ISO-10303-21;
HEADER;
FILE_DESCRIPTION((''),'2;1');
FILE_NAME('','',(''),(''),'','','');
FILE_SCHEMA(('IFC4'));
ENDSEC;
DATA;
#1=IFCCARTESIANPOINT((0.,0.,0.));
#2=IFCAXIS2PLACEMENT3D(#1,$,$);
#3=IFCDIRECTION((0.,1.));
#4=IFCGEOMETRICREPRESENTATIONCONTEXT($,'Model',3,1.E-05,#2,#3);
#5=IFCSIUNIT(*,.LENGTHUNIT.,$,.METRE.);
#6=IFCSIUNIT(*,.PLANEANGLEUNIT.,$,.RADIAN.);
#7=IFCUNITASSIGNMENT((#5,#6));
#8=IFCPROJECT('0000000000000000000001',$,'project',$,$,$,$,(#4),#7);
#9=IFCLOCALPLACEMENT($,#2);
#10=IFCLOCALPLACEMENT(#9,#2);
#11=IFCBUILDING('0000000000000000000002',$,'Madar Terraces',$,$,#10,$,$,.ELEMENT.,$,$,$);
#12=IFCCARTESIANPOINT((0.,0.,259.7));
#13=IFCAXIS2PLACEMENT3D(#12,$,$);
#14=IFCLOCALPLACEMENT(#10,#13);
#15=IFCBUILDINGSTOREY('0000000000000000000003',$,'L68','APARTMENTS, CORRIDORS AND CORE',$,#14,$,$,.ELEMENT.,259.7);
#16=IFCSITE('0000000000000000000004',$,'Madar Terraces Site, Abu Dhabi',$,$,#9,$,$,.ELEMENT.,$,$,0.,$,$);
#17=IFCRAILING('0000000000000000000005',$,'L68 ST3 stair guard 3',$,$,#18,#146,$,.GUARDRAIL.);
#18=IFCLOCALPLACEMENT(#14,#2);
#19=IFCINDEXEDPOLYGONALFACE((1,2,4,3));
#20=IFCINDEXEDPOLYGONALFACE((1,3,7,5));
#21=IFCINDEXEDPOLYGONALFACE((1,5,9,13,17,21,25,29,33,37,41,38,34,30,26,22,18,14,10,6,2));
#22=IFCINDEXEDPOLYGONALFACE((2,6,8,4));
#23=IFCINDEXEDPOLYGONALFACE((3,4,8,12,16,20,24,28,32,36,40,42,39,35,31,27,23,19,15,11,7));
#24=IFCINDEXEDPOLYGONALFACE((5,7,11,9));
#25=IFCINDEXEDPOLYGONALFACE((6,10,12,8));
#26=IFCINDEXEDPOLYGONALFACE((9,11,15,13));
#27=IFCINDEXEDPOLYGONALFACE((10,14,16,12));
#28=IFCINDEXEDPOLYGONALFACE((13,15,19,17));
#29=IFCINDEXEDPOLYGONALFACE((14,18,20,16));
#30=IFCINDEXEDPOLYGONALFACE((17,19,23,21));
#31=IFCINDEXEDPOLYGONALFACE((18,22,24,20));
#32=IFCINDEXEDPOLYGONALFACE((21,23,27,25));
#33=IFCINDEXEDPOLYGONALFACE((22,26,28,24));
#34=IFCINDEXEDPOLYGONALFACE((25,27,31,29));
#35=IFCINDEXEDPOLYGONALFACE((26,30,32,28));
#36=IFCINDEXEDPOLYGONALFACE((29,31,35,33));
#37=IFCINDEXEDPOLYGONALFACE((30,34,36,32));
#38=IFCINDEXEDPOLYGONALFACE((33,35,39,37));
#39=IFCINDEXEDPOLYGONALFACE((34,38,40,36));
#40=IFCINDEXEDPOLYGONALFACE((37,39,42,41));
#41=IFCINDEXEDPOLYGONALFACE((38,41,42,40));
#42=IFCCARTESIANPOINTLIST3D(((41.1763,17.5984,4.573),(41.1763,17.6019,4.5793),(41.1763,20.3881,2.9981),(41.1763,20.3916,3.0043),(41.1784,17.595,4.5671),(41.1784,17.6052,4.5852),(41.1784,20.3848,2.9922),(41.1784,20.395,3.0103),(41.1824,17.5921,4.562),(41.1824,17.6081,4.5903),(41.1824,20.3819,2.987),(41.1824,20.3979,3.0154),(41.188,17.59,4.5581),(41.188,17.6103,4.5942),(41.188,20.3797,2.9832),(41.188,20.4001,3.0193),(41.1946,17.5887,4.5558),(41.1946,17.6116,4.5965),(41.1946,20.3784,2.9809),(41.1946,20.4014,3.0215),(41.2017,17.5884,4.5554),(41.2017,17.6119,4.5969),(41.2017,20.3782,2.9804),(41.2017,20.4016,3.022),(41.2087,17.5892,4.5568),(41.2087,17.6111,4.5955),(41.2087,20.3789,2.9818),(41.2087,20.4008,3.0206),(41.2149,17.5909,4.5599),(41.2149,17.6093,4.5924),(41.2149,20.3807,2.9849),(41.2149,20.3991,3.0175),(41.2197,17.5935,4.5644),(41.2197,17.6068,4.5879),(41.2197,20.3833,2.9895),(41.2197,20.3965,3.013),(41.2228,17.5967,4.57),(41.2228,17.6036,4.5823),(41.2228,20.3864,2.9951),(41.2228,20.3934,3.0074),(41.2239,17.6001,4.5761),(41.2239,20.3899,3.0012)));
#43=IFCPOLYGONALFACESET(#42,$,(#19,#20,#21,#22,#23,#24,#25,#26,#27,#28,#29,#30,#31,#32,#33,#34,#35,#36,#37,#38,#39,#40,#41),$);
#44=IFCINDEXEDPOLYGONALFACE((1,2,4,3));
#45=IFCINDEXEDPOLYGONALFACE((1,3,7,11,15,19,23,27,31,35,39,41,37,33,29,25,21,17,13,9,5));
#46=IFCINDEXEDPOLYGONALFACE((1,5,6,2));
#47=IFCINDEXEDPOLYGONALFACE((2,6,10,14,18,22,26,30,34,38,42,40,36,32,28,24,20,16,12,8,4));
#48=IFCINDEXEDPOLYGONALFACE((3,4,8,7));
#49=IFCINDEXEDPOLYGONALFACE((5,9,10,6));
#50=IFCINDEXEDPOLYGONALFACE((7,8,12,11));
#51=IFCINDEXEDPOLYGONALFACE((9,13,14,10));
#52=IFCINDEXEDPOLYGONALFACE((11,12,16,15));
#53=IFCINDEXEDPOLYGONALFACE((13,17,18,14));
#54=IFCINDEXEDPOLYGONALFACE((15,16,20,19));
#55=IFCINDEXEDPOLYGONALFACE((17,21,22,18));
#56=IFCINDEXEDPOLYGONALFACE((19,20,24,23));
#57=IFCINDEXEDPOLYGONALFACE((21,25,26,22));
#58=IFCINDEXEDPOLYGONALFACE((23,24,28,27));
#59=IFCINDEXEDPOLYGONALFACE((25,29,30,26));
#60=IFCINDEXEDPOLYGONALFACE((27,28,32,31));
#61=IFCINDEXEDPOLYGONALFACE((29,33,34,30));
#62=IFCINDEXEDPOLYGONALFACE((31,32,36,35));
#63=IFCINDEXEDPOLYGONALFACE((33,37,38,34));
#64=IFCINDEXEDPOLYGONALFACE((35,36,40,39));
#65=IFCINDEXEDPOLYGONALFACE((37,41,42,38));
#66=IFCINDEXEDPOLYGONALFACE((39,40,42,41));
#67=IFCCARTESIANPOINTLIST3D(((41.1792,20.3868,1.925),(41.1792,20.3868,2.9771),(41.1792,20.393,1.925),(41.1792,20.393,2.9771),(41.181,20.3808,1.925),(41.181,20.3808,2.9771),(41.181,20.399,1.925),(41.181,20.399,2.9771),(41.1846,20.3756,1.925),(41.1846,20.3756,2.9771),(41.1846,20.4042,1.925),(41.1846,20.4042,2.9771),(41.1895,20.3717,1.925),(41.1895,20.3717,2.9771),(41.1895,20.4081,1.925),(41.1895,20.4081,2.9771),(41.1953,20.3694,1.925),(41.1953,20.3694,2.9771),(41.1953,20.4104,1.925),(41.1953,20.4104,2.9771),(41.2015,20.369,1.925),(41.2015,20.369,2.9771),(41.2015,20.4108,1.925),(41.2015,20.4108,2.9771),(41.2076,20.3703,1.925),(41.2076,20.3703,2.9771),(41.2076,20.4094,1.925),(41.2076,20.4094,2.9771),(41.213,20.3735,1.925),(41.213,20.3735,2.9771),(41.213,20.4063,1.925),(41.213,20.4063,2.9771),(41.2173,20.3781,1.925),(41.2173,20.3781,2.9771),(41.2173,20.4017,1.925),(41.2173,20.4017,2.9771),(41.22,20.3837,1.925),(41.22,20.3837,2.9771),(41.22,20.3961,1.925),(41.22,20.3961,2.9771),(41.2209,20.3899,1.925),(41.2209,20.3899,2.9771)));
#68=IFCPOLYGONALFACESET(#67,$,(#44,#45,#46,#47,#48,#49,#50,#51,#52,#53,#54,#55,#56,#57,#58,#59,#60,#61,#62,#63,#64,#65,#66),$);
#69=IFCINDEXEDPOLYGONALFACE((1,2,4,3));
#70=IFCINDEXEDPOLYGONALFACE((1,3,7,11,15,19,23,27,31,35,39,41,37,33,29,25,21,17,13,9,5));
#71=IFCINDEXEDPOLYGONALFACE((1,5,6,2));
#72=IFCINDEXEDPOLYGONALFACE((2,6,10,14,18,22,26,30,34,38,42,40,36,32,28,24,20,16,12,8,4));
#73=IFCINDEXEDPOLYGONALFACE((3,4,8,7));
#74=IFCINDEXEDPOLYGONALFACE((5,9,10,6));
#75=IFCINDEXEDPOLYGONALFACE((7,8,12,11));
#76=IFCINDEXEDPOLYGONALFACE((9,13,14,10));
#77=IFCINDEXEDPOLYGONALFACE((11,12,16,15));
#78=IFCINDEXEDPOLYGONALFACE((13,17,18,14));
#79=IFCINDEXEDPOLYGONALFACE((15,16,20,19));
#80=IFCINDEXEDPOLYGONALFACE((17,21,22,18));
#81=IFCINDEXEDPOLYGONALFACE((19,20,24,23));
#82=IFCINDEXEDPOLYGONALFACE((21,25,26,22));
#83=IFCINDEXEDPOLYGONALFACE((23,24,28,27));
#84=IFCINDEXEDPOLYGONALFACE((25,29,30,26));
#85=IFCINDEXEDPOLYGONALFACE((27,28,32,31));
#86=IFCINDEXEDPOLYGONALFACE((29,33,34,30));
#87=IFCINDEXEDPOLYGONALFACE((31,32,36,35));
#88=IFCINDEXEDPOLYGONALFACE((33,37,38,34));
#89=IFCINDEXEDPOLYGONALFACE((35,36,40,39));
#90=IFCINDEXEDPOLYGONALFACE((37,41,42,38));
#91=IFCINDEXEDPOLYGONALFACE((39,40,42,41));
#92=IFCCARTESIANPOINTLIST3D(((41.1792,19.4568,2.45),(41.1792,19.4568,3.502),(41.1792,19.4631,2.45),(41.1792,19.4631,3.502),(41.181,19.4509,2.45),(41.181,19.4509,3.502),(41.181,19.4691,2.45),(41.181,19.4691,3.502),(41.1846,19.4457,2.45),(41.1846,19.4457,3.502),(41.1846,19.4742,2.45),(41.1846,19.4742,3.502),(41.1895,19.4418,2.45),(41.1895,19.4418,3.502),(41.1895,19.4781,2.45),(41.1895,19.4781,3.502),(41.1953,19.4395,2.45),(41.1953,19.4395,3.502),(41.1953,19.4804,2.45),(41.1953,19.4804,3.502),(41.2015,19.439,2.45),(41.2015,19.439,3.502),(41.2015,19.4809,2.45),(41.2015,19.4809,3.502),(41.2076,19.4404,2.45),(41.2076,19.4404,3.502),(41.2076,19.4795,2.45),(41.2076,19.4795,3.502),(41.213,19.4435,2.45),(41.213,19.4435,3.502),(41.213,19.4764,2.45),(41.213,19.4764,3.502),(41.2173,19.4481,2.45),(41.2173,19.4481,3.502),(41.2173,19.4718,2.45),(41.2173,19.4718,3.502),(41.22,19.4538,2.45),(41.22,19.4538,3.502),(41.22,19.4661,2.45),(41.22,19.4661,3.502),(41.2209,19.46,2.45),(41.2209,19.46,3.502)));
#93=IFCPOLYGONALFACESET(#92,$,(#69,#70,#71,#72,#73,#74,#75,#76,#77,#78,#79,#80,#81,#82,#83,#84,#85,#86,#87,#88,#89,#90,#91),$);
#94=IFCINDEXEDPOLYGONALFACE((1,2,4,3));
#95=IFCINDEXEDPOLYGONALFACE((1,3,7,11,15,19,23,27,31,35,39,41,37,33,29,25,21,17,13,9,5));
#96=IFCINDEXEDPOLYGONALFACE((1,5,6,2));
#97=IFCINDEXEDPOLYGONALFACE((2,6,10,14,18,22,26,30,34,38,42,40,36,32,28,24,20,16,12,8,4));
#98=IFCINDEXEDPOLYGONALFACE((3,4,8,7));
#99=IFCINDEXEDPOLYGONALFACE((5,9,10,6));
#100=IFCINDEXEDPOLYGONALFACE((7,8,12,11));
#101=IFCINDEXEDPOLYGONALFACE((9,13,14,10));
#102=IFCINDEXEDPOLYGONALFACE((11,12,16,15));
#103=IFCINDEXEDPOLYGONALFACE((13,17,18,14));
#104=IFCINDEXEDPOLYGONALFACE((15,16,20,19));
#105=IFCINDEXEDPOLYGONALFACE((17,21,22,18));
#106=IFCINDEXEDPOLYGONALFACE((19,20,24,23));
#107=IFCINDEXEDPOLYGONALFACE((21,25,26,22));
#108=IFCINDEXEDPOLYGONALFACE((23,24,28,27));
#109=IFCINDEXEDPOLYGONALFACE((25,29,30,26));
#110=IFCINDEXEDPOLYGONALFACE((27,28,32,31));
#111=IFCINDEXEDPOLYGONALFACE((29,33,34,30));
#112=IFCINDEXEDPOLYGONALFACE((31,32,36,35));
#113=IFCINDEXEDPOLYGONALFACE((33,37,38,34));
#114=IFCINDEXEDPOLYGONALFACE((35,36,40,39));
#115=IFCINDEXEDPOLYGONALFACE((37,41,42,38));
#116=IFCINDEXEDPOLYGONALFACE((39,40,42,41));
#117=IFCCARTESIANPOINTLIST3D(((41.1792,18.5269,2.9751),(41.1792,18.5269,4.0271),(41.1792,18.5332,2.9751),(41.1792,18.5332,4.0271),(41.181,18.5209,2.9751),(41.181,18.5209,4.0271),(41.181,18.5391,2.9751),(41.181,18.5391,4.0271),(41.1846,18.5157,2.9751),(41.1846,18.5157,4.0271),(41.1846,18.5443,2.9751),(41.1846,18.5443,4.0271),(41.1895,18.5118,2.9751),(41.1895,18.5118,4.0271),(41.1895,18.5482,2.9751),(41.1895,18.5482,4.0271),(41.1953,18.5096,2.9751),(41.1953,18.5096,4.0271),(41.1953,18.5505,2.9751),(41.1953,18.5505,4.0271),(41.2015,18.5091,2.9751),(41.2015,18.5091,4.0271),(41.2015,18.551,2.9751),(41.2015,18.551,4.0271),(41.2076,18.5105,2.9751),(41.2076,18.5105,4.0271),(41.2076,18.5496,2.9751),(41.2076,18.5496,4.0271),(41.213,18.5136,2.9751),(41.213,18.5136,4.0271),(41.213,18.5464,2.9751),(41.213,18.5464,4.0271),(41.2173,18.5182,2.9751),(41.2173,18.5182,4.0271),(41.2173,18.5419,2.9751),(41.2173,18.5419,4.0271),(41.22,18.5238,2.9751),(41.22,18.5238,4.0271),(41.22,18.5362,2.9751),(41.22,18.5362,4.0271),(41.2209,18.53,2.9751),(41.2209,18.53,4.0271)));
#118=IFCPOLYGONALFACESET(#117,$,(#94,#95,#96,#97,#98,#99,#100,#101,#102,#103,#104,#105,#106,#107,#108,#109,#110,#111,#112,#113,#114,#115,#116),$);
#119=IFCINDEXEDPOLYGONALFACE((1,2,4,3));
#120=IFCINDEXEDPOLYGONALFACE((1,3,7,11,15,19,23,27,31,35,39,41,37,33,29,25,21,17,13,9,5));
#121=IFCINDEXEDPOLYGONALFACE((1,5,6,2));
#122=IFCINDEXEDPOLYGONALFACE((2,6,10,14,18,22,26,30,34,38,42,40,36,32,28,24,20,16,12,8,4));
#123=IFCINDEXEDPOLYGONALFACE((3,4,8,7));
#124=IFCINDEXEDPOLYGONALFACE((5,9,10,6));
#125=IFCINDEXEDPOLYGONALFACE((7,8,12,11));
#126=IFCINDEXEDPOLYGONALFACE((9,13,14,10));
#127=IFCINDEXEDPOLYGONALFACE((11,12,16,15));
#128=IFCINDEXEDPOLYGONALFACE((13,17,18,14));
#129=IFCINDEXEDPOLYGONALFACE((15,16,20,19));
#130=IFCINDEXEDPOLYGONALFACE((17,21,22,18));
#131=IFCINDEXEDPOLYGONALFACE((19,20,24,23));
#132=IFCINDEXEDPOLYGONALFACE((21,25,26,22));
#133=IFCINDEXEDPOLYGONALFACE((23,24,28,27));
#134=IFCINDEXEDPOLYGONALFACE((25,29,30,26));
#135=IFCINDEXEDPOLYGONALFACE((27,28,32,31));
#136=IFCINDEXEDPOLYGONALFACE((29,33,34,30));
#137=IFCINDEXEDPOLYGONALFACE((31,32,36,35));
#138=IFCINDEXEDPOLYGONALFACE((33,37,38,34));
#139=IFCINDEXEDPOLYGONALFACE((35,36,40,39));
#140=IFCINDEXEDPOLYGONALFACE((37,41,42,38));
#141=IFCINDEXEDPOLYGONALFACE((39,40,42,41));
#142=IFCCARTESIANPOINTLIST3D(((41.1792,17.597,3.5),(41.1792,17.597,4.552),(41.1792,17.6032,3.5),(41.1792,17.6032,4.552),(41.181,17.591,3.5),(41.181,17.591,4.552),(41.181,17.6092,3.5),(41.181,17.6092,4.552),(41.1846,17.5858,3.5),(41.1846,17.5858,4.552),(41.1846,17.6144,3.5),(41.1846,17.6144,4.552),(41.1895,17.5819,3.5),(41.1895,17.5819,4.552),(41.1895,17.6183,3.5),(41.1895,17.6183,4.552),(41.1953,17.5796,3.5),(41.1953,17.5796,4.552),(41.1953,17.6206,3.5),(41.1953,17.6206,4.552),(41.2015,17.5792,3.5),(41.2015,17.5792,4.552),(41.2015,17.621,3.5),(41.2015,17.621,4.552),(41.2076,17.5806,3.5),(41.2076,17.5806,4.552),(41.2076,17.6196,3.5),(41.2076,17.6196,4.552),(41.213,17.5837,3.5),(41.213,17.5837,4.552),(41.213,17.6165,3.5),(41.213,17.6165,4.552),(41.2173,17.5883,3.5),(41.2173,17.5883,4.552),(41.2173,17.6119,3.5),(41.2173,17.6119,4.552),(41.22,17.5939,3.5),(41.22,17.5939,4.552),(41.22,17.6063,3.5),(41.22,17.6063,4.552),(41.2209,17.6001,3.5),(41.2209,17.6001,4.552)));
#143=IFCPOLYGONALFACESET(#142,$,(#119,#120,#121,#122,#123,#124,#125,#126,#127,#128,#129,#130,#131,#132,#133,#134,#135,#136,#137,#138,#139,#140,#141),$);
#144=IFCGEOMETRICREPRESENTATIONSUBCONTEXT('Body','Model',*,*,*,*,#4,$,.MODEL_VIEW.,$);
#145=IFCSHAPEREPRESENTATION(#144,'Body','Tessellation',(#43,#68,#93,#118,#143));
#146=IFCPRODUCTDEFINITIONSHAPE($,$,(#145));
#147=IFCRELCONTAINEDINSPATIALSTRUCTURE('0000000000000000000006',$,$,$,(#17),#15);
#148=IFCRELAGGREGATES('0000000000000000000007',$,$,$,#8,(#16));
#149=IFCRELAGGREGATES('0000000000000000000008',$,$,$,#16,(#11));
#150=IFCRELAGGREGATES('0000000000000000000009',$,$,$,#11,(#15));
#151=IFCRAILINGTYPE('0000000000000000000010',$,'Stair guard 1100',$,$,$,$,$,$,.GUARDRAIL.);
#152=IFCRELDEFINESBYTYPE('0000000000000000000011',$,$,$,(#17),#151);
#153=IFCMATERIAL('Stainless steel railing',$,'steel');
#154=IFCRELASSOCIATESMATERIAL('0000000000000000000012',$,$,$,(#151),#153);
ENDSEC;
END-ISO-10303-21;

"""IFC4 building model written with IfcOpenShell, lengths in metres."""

from ifc_helpers import new_model, si_unit, direction, frame, origin, origin_2d, place, context, subcontext, project, spatial, circle, extrude, material, type_object, element, save


model = new_model("IFC4")

# Units and contexts
model_context = context("Model", 3, precision=1e-05, world=origin(), true_north=direction((0.0, 1.0)))
body_context = subcontext(model_context, "Body", "Model", "MODEL_VIEW")
ifc_project = project(units=[si_unit("LENGTHUNIT", "METRE"), si_unit("PLANEANGLEUNIT", "RADIAN")], contexts=[model_context])

# Site, building, storey
site_placement = place(None, origin())
site = spatial("IfcSite", under=ifc_project, at=site_placement, Name="Madar Terraces Site, Abu Dhabi", CompositionType="ELEMENT", RefElevation=0.0)
building_placement = place(site_placement, origin())
building = spatial("IfcBuilding", under=site, at=building_placement, Name="Madar Terraces", CompositionType="ELEMENT")
storey_placement = place(building_placement, frame((0.0, 0.0, 259.7)))
storey = spatial("IfcBuildingStorey", under=building, at=storey_placement, Name="L68", Description="APARTMENTS, CORRIDORS AND CORE", CompositionType="ELEMENT", Elevation=259.7)

# Railing
ifc_material_1 = material(Name="Stainless steel railing", Category="steel")
railing_type_1 = type_object("IfcRailingType", Name="Stair guard 1100", PredefinedType="GUARDRAIL", material=ifc_material_1)
railing_1_placement = place(storey_placement, frame((41.2, 20.3899, 1.925)))
element("IfcRailing", 1, at=railing_1_placement, inside=storey, type_object=railing_type_1, Name="L68 ST3 stair guard 3", PredefinedType="GUARDRAIL", context=body_context, shape_type="SweptSolid", body=[
    extrude(circle(Radius=0.0239, at=origin_2d()), frame((0.0, 0.0, 1.0762), z_axis=(0.0, -0.870815, 0.49161), x_axis=(1.0, 0.0, 0.0)), (0.0, 0.0, 1.0), 3.2036),
    extrude(circle(Radius=0.021, at=origin_2d()), origin(), (0.0, 0.0, 1.0), 1.052),
    extrude(circle(Radius=0.021, at=origin_2d()), frame((0.0, -0.9299, 0.5249)), (0.0, 0.0, 1.0), 1.052),
    extrude(circle(Radius=0.021, at=origin_2d()), frame((0.0, -1.8599, 1.05)), (0.0, 0.0, 1.0), 1.052),
    extrude(circle(Radius=0.021, at=origin_2d()), frame((0.0, -2.7898, 1.575)), (0.0, 0.0, 1.0), 1.052),
])

save(model, "model.ifc")
